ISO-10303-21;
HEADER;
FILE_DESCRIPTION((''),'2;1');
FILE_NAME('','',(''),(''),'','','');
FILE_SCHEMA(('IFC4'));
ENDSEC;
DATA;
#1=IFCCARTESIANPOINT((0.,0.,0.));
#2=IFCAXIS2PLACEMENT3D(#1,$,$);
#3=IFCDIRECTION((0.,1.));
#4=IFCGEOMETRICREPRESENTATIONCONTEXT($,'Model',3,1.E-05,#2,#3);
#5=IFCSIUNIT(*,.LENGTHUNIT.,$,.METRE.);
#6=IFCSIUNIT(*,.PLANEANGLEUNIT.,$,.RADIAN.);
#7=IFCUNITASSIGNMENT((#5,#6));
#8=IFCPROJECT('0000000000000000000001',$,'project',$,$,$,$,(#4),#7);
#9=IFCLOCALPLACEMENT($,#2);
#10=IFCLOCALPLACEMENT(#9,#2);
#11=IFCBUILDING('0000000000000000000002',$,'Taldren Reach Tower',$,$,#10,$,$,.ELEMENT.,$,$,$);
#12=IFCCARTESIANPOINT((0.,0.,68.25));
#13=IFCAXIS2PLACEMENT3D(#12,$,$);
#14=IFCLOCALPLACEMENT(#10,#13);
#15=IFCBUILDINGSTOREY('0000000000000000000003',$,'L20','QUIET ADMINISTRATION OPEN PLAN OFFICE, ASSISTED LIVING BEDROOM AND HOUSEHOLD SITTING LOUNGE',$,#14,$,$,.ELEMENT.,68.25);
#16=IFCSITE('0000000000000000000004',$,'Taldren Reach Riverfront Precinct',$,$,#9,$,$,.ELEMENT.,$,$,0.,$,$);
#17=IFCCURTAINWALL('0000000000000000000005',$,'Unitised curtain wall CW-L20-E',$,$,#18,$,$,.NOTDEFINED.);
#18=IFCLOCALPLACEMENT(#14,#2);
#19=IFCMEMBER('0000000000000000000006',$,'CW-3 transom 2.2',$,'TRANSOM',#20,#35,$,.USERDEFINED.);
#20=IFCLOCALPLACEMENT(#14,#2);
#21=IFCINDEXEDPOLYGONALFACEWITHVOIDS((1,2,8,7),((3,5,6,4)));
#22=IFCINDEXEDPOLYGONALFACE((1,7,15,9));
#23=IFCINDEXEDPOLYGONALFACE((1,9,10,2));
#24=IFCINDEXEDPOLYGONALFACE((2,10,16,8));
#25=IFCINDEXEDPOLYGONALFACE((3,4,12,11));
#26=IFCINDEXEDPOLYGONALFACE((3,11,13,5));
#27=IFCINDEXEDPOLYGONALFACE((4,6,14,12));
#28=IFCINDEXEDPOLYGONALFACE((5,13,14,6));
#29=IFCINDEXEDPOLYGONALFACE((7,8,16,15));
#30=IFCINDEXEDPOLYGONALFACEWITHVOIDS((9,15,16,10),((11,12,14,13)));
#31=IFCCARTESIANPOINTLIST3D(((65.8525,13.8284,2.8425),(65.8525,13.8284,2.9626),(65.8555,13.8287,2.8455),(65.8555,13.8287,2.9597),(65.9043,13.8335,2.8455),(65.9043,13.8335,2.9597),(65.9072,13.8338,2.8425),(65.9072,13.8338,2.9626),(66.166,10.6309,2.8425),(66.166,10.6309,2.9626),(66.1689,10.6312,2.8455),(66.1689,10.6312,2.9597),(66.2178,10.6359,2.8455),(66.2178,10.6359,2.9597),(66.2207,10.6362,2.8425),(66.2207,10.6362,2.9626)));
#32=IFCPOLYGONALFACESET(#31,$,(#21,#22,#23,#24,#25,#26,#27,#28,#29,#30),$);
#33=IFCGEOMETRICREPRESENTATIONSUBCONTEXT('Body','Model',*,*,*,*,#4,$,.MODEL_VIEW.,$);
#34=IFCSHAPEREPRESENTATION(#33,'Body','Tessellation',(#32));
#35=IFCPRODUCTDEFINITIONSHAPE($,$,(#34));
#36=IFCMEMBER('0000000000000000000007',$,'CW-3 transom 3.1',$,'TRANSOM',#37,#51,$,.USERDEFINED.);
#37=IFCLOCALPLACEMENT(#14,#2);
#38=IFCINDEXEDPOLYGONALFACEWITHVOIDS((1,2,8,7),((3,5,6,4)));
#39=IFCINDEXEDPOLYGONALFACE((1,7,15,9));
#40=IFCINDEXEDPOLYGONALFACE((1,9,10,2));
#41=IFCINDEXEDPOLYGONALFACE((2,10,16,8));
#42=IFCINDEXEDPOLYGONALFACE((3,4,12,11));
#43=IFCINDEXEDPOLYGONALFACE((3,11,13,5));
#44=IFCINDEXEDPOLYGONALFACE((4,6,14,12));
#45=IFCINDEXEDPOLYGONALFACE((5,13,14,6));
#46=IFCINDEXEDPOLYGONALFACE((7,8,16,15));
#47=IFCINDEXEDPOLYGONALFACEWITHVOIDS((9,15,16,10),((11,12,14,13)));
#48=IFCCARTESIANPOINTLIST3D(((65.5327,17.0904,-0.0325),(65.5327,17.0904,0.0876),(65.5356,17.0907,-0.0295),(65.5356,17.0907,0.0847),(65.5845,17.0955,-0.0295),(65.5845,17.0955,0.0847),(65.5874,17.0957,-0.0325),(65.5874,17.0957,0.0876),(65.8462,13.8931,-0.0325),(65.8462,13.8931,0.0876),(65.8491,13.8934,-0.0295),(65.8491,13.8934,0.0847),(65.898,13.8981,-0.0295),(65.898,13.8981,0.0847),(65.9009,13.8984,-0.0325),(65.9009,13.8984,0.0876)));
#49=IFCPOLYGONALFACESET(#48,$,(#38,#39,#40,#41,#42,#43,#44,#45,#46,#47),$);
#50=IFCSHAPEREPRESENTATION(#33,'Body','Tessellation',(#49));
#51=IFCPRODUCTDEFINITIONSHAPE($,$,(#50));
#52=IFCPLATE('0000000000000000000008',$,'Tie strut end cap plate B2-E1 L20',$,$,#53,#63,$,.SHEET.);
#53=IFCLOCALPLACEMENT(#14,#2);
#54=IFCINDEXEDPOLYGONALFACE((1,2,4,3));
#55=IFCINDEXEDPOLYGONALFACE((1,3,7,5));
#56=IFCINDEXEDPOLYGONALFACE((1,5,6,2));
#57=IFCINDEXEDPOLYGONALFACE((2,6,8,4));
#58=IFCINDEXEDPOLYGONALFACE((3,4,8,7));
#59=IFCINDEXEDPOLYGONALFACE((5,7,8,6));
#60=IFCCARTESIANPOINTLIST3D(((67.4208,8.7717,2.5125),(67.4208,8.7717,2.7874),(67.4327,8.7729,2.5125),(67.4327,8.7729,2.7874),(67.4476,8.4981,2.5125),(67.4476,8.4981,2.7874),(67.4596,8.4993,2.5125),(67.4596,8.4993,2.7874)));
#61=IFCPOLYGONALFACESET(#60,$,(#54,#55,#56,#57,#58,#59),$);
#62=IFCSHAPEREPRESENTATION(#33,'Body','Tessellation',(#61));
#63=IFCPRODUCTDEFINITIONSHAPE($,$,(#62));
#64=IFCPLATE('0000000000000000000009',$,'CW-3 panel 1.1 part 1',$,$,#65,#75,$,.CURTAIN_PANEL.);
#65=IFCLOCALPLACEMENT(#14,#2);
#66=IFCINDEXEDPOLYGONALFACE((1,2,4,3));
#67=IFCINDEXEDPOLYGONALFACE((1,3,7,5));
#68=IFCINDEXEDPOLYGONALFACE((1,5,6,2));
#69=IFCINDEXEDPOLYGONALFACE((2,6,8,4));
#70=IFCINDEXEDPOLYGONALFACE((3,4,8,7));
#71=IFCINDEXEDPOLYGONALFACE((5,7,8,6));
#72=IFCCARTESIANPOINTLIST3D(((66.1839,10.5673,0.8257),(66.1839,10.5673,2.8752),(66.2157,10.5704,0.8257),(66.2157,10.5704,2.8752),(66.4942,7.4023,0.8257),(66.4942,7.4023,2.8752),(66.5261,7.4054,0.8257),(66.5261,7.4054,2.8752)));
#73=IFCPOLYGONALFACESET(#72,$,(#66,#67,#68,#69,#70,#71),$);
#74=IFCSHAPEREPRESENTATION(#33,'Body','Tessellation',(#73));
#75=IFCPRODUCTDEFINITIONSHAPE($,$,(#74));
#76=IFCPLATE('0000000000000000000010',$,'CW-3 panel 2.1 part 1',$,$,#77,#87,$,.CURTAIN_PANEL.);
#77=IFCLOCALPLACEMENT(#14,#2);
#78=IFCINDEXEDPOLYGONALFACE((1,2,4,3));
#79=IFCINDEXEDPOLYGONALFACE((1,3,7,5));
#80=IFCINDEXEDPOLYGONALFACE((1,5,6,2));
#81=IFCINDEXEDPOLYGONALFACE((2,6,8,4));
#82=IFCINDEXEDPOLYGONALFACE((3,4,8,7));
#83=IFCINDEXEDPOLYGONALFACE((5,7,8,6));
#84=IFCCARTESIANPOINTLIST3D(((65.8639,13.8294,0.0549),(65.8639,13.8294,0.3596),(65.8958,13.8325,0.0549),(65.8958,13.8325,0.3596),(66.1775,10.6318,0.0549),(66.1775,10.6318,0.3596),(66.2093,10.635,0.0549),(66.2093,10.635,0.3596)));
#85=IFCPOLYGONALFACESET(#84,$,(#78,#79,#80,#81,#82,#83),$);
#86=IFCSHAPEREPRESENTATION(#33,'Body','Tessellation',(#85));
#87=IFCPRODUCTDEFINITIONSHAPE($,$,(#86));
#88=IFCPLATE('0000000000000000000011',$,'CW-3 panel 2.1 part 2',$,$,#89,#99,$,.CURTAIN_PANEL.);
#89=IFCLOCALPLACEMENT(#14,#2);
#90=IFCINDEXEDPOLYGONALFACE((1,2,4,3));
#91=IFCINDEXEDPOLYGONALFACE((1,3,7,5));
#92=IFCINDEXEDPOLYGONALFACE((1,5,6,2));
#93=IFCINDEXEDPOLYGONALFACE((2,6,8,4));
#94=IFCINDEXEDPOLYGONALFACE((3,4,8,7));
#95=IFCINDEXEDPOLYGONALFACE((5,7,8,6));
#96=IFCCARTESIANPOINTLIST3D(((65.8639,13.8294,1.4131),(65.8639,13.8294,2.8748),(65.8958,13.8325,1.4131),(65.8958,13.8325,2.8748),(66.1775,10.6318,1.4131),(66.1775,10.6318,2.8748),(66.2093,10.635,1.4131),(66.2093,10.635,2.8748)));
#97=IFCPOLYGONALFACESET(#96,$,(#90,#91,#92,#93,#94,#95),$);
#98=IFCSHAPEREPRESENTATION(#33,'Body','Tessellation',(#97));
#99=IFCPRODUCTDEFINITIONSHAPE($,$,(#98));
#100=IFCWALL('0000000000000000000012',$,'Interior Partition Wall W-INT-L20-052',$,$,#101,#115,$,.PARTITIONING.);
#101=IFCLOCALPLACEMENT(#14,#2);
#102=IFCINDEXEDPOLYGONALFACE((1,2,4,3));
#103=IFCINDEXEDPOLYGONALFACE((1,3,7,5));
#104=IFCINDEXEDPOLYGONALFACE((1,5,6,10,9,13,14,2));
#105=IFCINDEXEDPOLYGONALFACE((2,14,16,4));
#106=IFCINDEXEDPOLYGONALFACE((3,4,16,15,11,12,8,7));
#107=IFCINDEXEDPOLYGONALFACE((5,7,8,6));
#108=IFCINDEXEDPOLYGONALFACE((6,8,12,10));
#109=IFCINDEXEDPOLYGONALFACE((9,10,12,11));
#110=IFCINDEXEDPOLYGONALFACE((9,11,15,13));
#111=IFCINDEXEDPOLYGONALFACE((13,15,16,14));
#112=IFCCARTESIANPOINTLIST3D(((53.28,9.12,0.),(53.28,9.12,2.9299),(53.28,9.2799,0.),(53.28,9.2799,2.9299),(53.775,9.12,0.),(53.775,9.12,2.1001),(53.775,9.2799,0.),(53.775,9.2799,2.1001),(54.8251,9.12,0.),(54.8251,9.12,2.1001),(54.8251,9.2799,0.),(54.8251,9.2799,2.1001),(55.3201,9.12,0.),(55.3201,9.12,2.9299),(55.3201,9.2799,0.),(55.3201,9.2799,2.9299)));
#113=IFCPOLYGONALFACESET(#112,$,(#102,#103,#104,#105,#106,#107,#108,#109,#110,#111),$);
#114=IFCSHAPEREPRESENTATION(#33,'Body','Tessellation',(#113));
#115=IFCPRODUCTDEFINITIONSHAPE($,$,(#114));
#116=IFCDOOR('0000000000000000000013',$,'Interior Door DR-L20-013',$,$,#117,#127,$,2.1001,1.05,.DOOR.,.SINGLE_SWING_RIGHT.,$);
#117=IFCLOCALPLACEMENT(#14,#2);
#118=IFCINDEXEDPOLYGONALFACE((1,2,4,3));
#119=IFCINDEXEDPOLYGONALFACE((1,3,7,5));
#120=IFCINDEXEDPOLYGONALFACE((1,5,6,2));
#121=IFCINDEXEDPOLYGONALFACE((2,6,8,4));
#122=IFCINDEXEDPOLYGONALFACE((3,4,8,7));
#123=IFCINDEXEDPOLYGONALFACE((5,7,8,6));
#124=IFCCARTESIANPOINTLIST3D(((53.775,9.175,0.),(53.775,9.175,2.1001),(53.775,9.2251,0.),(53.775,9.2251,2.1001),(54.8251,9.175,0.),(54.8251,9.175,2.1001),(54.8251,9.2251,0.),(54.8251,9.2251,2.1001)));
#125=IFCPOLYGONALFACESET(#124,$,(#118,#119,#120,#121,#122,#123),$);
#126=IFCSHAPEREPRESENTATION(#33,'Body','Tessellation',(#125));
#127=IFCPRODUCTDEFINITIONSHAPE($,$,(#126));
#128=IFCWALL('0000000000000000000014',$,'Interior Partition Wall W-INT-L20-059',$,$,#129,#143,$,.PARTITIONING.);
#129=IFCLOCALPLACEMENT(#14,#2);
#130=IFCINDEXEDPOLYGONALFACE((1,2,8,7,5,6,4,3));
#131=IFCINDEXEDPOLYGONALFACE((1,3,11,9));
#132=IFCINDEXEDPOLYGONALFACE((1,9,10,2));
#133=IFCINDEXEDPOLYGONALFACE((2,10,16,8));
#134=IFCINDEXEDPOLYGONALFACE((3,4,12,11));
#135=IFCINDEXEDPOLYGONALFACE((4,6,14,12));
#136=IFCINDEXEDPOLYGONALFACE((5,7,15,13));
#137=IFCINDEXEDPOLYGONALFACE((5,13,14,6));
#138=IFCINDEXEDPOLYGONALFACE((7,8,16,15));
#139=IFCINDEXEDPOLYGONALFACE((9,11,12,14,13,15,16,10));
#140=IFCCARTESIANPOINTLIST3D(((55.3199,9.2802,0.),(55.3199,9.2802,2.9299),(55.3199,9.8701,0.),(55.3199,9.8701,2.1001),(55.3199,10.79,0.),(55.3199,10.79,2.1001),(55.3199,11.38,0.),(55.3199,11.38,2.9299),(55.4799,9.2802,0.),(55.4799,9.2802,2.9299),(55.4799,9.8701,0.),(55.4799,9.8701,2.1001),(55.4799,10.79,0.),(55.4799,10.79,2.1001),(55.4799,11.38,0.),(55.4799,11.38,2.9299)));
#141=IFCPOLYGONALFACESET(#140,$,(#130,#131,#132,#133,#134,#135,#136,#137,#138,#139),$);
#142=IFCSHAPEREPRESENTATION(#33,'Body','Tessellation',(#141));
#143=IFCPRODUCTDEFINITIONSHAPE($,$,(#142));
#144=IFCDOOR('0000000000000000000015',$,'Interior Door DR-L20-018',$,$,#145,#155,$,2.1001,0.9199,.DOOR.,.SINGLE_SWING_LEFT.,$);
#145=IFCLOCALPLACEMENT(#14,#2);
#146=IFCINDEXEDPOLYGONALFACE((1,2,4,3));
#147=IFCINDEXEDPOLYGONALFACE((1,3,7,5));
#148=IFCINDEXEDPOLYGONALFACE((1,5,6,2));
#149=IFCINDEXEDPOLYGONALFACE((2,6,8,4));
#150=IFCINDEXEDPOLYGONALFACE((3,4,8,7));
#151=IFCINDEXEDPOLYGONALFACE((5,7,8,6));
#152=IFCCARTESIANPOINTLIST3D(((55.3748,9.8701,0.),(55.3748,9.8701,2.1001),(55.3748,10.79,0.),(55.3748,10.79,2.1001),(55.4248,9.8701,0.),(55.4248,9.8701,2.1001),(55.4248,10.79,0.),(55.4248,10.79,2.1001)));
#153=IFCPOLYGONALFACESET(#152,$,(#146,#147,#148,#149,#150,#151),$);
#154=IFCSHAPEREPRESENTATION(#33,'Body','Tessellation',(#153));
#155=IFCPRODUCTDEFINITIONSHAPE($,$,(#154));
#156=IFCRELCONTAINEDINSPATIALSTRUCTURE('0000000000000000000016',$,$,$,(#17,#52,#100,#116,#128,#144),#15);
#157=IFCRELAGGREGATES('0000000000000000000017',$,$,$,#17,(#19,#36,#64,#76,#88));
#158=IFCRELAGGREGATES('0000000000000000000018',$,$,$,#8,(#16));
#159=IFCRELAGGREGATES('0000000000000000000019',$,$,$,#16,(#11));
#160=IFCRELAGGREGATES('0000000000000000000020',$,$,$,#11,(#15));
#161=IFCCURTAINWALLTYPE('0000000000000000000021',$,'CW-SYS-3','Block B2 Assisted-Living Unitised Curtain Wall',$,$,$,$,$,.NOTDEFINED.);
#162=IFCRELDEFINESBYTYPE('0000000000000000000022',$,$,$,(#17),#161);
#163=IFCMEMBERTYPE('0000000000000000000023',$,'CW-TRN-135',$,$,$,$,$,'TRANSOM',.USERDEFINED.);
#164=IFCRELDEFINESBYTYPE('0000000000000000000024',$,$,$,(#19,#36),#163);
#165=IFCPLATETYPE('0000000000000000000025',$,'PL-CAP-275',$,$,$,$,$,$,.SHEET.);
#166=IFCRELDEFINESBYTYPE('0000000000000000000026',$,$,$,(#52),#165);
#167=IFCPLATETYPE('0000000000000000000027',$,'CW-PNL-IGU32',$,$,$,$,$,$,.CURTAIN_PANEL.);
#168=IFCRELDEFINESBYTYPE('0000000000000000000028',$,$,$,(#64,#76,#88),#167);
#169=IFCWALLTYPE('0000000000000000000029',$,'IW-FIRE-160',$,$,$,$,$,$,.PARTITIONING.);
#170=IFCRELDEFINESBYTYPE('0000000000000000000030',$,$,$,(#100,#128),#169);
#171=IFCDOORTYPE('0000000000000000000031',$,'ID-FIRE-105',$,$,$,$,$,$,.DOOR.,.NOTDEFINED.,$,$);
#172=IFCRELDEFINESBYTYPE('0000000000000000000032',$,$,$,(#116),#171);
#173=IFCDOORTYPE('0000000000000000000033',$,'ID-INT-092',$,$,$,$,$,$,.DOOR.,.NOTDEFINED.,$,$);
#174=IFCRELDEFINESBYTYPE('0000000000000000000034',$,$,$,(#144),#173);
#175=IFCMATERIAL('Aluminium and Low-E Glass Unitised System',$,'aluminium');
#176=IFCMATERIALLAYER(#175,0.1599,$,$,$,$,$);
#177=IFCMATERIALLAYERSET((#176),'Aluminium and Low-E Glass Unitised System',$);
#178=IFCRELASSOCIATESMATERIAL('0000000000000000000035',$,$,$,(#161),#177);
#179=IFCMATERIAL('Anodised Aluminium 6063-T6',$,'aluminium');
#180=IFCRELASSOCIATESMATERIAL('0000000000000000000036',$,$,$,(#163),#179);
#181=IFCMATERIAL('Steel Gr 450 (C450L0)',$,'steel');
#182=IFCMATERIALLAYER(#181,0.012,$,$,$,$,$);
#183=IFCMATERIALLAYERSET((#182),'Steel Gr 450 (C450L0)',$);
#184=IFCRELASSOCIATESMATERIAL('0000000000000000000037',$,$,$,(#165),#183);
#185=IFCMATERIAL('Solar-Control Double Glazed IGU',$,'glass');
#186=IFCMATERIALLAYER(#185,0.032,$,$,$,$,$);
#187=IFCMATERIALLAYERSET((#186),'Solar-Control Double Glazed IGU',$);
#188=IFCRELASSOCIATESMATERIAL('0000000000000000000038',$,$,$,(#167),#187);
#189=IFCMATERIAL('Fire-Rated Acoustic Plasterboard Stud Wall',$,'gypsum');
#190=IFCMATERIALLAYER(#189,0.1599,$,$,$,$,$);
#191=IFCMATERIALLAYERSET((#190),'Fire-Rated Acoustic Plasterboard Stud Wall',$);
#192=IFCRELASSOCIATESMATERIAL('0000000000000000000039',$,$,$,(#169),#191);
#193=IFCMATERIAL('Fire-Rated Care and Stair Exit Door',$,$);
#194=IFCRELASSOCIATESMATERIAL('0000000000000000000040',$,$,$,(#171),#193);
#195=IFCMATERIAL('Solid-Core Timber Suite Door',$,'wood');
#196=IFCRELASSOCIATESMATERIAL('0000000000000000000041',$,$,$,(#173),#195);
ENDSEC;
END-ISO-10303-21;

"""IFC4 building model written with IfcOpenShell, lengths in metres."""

from ifc_helpers import new_model, si_unit, direction, frame, frame_2d, origin, origin_2d, place, context, subcontext, project, spatial, rectangle, hollow_rectangle, extrude, source, transform, mapped, material, layer, layer_set, material_profile, profile_set, type_object, element, fill, aggregate, save


model = new_model("IFC4")

# Units and contexts
model_context = context("Model", 3, precision=1e-05, world=origin(), true_north=direction((0.0, 1.0)))
body_context = subcontext(model_context, "Body", "Model", "MODEL_VIEW")
ifc_project = project(units=[si_unit("LENGTHUNIT", "METRE"), si_unit("PLANEANGLEUNIT", "RADIAN")], contexts=[model_context])

# Site, building, storey
site_placement = place(None, origin())
site = spatial("IfcSite", under=ifc_project, at=site_placement, Name="Taldren Reach Riverfront Precinct", CompositionType="ELEMENT", RefElevation=0.0)
building_placement = place(site_placement, origin())
building = spatial("IfcBuilding", under=site, at=building_placement, Name="Taldren Reach Tower", CompositionType="ELEMENT")
storey_placement = place(building_placement, frame((0.0, 0.0, 68.25)))
storey = spatial("IfcBuildingStorey", under=building, at=storey_placement, Name="L20", Description="QUIET ADMINISTRATION OPEN PLAN OFFICE, ASSISTED LIVING BEDROOM AND HOUSEHOLD SITTING LOUNGE", CompositionType="ELEMENT", Elevation=68.25)

# Shared definitions
ifc_material_1 = material(Name="Steel Gr 450 (C450L0)", Category="steel")

# Curtain wall, members
ifc_material_2 = material(Name="Aluminium and Low-E Glass Unitised System", Category="aluminium")
ifc_layer_1 = layer(ifc_material_2, 0.1599)
ifc_layer_set_1 = layer_set([ifc_layer_1], Name="Aluminium and Low-E Glass Unitised System")
curtain_wall_type = type_object("IfcCurtainWallType", Name="CW-SYS-3", Description="Block B2 Assisted-Living Unitised Curtain Wall", PredefinedType="NOTDEFINED", material=ifc_layer_set_1)
curtain_wall_placement = place(storey_placement, origin())
curtain_wall = element("IfcCurtainWall", 1, at=curtain_wall_placement, inside=storey, type_object=curtain_wall_type, Name="Unitised curtain wall CW-L20-E", PredefinedType="NOTDEFINED")
ifc_material_3 = material(Name="Anodised Aluminium 6063-T6", Category="aluminium")
ifc_material_profile_1 = material_profile(ifc_material_3, hollow_rectangle(XDim=0.0549, YDim=0.1201, WallThickness=0.0029, at=origin_2d()), Name="ALU-120x55x3RHS")
ifc_profile_set_1 = profile_set([ifc_material_profile_1], Name="Anodised Aluminium 6063-T6")
member_type_1 = type_object("IfcMemberType", Name="CW-TRN-135", ElementType="TRANSOM", PredefinedType="USERDEFINED", material=ifc_profile_set_1)
shared_shape_1 = source(origin(), body_context, "Body", "SweptSolid", [
    extrude(hollow_rectangle(XDim=0.0549, YDim=0.1201, WallThickness=0.0029, at=origin_2d()), origin(), (0.0, 0.0, 1.0), 3.2129),
])
member_1_placement = place(storey_placement, frame((66.1934, 10.6335, 2.9026), z_axis=(-0.09757, 0.995229, 0.0), x_axis=(-0.995229, -0.09757, 0.0)))
member_1 = element("IfcMember", 2, at=member_1_placement, type_object=member_type_1, Name="CW-3 transom 2.2", ObjectType="TRANSOM", PredefinedType="USERDEFINED", context=body_context, shape_type="MappedRepresentation", body=[
    mapped(shared_shape_1, transform((0.0, 0.0, 0.0), scale=1.0)),
])
shared_shape_2 = source(origin(), body_context, "Body", "SweptSolid", [
    extrude(hollow_rectangle(XDim=0.0549, YDim=0.1201, WallThickness=0.0029, at=origin_2d()), origin(), (0.0, 0.0, 1.0), 3.2126),
])
member_2_placement = place(storey_placement, frame((65.8735, 13.8958, 0.0276), z_axis=(-0.097577, 0.995228, 0.0), x_axis=(-0.995228, -0.097577, 0.0)))
member_2 = element("IfcMember", 3, at=member_2_placement, type_object=member_type_1, Name="CW-3 transom 3.1", ObjectType="TRANSOM", PredefinedType="USERDEFINED", context=body_context, shape_type="MappedRepresentation", body=[
    mapped(shared_shape_2, transform((0.0, 0.0, 0.0), scale=1.0)),
])

# Plates
ifc_layer_2 = layer(ifc_material_1, 0.012)
ifc_layer_set_2 = layer_set([ifc_layer_2], Name="Steel Gr 450 (C450L0)")
plate_type_1 = type_object("IfcPlateType", Name="PL-CAP-275", PredefinedType="SHEET", material=ifc_layer_set_2)
shared_shape_3 = source(origin(), body_context, "Body", "SweptSolid", [
    extrude(rectangle(XDim=0.012, YDim=0.2749, at=origin_2d()), origin(), (0.0, 0.0, 1.0), 0.2749),
])
plate_1_placement = place(storey_placement, frame((67.4402, 8.6355, 2.5125), z_axis=(0.0, 0.0, 1.0), x_axis=(0.995227, 0.097583, 0.0)))
element("IfcPlate", 4, at=plate_1_placement, inside=storey, type_object=plate_type_1, Name="Tie strut end cap plate B2-E1 L20", PredefinedType="SHEET", context=body_context, shape_type="MappedRepresentation", body=[
    mapped(shared_shape_3, transform((0.0, 0.0, 0.0), scale=1.0)),
])
ifc_material_4 = material(Name="Solar-Control Double Glazed IGU", Category="glass")
ifc_layer_3 = layer(ifc_material_4, 0.032)
ifc_layer_set_3 = layer_set([ifc_layer_3], Name="Solar-Control Double Glazed IGU")
plate_type_2 = type_object("IfcPlateType", Name="CW-PNL-IGU32", PredefinedType="CURTAIN_PANEL", material=ifc_layer_set_3)
shared_shape_4 = source(origin(), body_context, "Body", "SweptSolid", [
    extrude(rectangle(XDim=3.1802, YDim=0.032, at=origin_2d()), origin(), (0.0, 0.0, 1.0), 2.0496),
])
plate_2_placement = place(storey_placement, frame((66.355, 8.9863, 0.8257), z_axis=(0.0, 0.0, 1.0), x_axis=(-0.097583, 0.995227, 0.0)))
plate_2 = element("IfcPlate", 5, at=plate_2_placement, type_object=plate_type_2, Name="CW-3 panel 1.1 part 1", PredefinedType="CURTAIN_PANEL", context=body_context, shape_type="MappedRepresentation", body=[
    mapped(shared_shape_4, transform((0.0, 0.0, 0.0), scale=1.0)),
])
shared_shape_5 = source(origin(), body_context, "Body", "SweptSolid", [
    extrude(rectangle(XDim=3.2129, YDim=0.032, at=origin_2d()), origin(), (0.0, 0.0, 1.0), 0.3047),
])
plate_3_placement = place(storey_placement, frame((66.0366, 12.2322, 0.0549), z_axis=(0.0, 0.0, 1.0), x_axis=(-0.097583, 0.995227, 0.0)))
plate_3 = element("IfcPlate", 6, at=plate_3_placement, type_object=plate_type_2, Name="CW-3 panel 2.1 part 1", PredefinedType="CURTAIN_PANEL", context=body_context, shape_type="MappedRepresentation", body=[
    mapped(shared_shape_5, transform((0.0, 0.0, 0.0), scale=1.0)),
])
shared_shape_6 = source(origin(), body_context, "Body", "SweptSolid", [
    extrude(rectangle(XDim=3.2129, YDim=0.032, at=origin_2d()), origin(), (0.0, 0.0, 1.0), 1.4617),
])
plate_4_placement = place(storey_placement, frame((66.0366, 12.2322, 1.4131), z_axis=(0.0, 0.0, 1.0), x_axis=(-0.097583, 0.995227, 0.0)))
plate_4 = element("IfcPlate", 7, at=plate_4_placement, type_object=plate_type_2, Name="CW-3 panel 2.1 part 2", PredefinedType="CURTAIN_PANEL", context=body_context, shape_type="MappedRepresentation", body=[
    mapped(shared_shape_6, transform((0.0, 0.0, 0.0), scale=1.0)),
])
aggregate(curtain_wall, [member_1, member_2, plate_2, plate_3, plate_4])

# Walls, openings, doors
ifc_material_5 = material(Name="Fire-Rated Acoustic Plasterboard Stud Wall", Category="gypsum")
ifc_layer_4 = layer(ifc_material_5, 0.1599)
ifc_layer_set_4 = layer_set([ifc_layer_4], Name="Fire-Rated Acoustic Plasterboard Stud Wall")
wall_type_1 = type_object("IfcWallType", Name="IW-FIRE-160", PredefinedType="PARTITIONING", material=ifc_layer_set_4)
shared_shape_7 = source(origin(), body_context, "Body", "SweptSolid", [
    extrude(rectangle(XDim=2.04, YDim=0.1599, at=frame_2d((1.02, 0.0))), origin(), (0.0, 0.0, 1.0), 2.9299),
])
wall_1_placement = place(storey_placement, frame((55.3201, 9.2, 0.0), z_axis=(0.0, 0.0, 1.0), x_axis=(-1.0, 0.0, 0.0)))
wall_1 = element("IfcWall", 8, at=wall_1_placement, inside=storey, type_object=wall_type_1, Name="Interior Partition Wall W-INT-L20-052", PredefinedType="PARTITIONING", context=body_context, shape_type="MappedRepresentation", body=[
    mapped(shared_shape_7, transform((0.0, 0.0, 0.0), scale=1.0)),
])
shared_shape_8 = source(origin(), body_context, "Body", "SweptSolid", [
    extrude(rectangle(XDim=1.05, YDim=2.1001, at=frame_2d((0.5249, 1.05))), frame((0.0, 0.0898, 0.0), z_axis=(0.0, -1.0, 0.0), x_axis=(1.0, 0.0, 0.0)), (0.0, 0.0, 1.0), 0.1799),
])
opening_1_placement = place(wall_1_placement, frame((0.4951, 0.0, 0.0)))
opening_1 = element("IfcOpeningElement", 9, at=opening_1_placement, cuts=wall_1, PredefinedType="OPENING", context=body_context, shape_type="MappedRepresentation", body=[
    mapped(shared_shape_8, transform((0.0, 0.0, 0.0), scale=1.0)),
])
ifc_material_6 = material(Name="Fire-Rated Care and Stair Exit Door")
door_type_1 = type_object("IfcDoorType", Name="ID-FIRE-105", OperationType="NOTDEFINED", PredefinedType="DOOR", material=ifc_material_6)
shared_shape_9 = source(origin(), body_context, "Body", "SweptSolid", [
    extrude(rectangle(XDim=1.05, YDim=2.1001, at=frame_2d((0.5249, 1.05))), frame((0.0, 0.0249, 0.0), z_axis=(0.0, -1.0, 0.0), x_axis=(1.0, 0.0, 0.0)), (0.0, 0.0, 1.0), 0.05),
])
door_1_placement = place(opening_1_placement, origin())
door_1 = element("IfcDoor", 10, at=door_1_placement, inside=storey, type_object=door_type_1, Name="Interior Door DR-L20-013", OperationType="SINGLE_SWING_RIGHT", OverallHeight=2.1001, OverallWidth=1.05, PredefinedType="DOOR", context=body_context, shape_type="MappedRepresentation", body=[
    mapped(shared_shape_9, transform((0.0, 0.0, 0.0), scale=1.0)),
])
fill(opening_1, door_1)
shared_shape_10 = source(origin(), body_context, "Body", "SweptSolid", [
    extrude(rectangle(XDim=2.0999, YDim=0.1599, at=frame_2d((1.0498, 0.0))), origin(), (0.0, 0.0, 1.0), 2.9299),
])
wall_2_placement = place(storey_placement, frame((55.3999, 11.3799, 0.0), z_axis=(0.0, 0.0, 1.0), x_axis=(0.0, -1.0, 0.0)))
wall_2 = element("IfcWall", 11, at=wall_2_placement, inside=storey, type_object=wall_type_1, Name="Interior Partition Wall W-INT-L20-059", PredefinedType="PARTITIONING", context=body_context, shape_type="MappedRepresentation", body=[
    mapped(shared_shape_10, transform((0.0, 0.0, 0.0), scale=1.0)),
])
shared_shape_11 = source(origin(), body_context, "Body", "SweptSolid", [
    extrude(rectangle(XDim=0.9199, YDim=2.1001, at=frame_2d((0.46, 1.05))), frame((0.0, 0.0898, 0.0), z_axis=(0.0, -1.0, 0.0), x_axis=(1.0, 0.0, 0.0)), (0.0, 0.0, 1.0), 0.1799),
])
opening_2_placement = place(wall_2_placement, frame((0.5898, 0.0, 0.0)))
opening_2 = element("IfcOpeningElement", 12, at=opening_2_placement, cuts=wall_2, PredefinedType="OPENING", context=body_context, shape_type="MappedRepresentation", body=[
    mapped(shared_shape_11, transform((0.0, 0.0, 0.0), scale=1.0)),
])
ifc_material_7 = material(Name="Solid-Core Timber Suite Door", Category="wood")
door_type_2 = type_object("IfcDoorType", Name="ID-INT-092", OperationType="NOTDEFINED", PredefinedType="DOOR", material=ifc_material_7)
shared_shape_12 = source(origin(), body_context, "Body", "SweptSolid", [
    extrude(rectangle(XDim=0.9199, YDim=2.1001, at=frame_2d((0.46, 1.05))), frame((0.0, 0.0249, 0.0), z_axis=(0.0, -1.0, 0.0), x_axis=(1.0, 0.0, 0.0)), (0.0, 0.0, 1.0), 0.05),
])
door_2_placement = place(opening_2_placement, origin())
door_2 = element("IfcDoor", 13, at=door_2_placement, inside=storey, type_object=door_type_2, Name="Interior Door DR-L20-018", OperationType="SINGLE_SWING_LEFT", OverallHeight=2.1001, OverallWidth=0.9199, PredefinedType="DOOR", context=body_context, shape_type="MappedRepresentation", body=[
    mapped(shared_shape_12, transform((0.0, 0.0, 0.0), scale=1.0)),
])
fill(opening_2, door_2)

save(model, "model.ifc")
